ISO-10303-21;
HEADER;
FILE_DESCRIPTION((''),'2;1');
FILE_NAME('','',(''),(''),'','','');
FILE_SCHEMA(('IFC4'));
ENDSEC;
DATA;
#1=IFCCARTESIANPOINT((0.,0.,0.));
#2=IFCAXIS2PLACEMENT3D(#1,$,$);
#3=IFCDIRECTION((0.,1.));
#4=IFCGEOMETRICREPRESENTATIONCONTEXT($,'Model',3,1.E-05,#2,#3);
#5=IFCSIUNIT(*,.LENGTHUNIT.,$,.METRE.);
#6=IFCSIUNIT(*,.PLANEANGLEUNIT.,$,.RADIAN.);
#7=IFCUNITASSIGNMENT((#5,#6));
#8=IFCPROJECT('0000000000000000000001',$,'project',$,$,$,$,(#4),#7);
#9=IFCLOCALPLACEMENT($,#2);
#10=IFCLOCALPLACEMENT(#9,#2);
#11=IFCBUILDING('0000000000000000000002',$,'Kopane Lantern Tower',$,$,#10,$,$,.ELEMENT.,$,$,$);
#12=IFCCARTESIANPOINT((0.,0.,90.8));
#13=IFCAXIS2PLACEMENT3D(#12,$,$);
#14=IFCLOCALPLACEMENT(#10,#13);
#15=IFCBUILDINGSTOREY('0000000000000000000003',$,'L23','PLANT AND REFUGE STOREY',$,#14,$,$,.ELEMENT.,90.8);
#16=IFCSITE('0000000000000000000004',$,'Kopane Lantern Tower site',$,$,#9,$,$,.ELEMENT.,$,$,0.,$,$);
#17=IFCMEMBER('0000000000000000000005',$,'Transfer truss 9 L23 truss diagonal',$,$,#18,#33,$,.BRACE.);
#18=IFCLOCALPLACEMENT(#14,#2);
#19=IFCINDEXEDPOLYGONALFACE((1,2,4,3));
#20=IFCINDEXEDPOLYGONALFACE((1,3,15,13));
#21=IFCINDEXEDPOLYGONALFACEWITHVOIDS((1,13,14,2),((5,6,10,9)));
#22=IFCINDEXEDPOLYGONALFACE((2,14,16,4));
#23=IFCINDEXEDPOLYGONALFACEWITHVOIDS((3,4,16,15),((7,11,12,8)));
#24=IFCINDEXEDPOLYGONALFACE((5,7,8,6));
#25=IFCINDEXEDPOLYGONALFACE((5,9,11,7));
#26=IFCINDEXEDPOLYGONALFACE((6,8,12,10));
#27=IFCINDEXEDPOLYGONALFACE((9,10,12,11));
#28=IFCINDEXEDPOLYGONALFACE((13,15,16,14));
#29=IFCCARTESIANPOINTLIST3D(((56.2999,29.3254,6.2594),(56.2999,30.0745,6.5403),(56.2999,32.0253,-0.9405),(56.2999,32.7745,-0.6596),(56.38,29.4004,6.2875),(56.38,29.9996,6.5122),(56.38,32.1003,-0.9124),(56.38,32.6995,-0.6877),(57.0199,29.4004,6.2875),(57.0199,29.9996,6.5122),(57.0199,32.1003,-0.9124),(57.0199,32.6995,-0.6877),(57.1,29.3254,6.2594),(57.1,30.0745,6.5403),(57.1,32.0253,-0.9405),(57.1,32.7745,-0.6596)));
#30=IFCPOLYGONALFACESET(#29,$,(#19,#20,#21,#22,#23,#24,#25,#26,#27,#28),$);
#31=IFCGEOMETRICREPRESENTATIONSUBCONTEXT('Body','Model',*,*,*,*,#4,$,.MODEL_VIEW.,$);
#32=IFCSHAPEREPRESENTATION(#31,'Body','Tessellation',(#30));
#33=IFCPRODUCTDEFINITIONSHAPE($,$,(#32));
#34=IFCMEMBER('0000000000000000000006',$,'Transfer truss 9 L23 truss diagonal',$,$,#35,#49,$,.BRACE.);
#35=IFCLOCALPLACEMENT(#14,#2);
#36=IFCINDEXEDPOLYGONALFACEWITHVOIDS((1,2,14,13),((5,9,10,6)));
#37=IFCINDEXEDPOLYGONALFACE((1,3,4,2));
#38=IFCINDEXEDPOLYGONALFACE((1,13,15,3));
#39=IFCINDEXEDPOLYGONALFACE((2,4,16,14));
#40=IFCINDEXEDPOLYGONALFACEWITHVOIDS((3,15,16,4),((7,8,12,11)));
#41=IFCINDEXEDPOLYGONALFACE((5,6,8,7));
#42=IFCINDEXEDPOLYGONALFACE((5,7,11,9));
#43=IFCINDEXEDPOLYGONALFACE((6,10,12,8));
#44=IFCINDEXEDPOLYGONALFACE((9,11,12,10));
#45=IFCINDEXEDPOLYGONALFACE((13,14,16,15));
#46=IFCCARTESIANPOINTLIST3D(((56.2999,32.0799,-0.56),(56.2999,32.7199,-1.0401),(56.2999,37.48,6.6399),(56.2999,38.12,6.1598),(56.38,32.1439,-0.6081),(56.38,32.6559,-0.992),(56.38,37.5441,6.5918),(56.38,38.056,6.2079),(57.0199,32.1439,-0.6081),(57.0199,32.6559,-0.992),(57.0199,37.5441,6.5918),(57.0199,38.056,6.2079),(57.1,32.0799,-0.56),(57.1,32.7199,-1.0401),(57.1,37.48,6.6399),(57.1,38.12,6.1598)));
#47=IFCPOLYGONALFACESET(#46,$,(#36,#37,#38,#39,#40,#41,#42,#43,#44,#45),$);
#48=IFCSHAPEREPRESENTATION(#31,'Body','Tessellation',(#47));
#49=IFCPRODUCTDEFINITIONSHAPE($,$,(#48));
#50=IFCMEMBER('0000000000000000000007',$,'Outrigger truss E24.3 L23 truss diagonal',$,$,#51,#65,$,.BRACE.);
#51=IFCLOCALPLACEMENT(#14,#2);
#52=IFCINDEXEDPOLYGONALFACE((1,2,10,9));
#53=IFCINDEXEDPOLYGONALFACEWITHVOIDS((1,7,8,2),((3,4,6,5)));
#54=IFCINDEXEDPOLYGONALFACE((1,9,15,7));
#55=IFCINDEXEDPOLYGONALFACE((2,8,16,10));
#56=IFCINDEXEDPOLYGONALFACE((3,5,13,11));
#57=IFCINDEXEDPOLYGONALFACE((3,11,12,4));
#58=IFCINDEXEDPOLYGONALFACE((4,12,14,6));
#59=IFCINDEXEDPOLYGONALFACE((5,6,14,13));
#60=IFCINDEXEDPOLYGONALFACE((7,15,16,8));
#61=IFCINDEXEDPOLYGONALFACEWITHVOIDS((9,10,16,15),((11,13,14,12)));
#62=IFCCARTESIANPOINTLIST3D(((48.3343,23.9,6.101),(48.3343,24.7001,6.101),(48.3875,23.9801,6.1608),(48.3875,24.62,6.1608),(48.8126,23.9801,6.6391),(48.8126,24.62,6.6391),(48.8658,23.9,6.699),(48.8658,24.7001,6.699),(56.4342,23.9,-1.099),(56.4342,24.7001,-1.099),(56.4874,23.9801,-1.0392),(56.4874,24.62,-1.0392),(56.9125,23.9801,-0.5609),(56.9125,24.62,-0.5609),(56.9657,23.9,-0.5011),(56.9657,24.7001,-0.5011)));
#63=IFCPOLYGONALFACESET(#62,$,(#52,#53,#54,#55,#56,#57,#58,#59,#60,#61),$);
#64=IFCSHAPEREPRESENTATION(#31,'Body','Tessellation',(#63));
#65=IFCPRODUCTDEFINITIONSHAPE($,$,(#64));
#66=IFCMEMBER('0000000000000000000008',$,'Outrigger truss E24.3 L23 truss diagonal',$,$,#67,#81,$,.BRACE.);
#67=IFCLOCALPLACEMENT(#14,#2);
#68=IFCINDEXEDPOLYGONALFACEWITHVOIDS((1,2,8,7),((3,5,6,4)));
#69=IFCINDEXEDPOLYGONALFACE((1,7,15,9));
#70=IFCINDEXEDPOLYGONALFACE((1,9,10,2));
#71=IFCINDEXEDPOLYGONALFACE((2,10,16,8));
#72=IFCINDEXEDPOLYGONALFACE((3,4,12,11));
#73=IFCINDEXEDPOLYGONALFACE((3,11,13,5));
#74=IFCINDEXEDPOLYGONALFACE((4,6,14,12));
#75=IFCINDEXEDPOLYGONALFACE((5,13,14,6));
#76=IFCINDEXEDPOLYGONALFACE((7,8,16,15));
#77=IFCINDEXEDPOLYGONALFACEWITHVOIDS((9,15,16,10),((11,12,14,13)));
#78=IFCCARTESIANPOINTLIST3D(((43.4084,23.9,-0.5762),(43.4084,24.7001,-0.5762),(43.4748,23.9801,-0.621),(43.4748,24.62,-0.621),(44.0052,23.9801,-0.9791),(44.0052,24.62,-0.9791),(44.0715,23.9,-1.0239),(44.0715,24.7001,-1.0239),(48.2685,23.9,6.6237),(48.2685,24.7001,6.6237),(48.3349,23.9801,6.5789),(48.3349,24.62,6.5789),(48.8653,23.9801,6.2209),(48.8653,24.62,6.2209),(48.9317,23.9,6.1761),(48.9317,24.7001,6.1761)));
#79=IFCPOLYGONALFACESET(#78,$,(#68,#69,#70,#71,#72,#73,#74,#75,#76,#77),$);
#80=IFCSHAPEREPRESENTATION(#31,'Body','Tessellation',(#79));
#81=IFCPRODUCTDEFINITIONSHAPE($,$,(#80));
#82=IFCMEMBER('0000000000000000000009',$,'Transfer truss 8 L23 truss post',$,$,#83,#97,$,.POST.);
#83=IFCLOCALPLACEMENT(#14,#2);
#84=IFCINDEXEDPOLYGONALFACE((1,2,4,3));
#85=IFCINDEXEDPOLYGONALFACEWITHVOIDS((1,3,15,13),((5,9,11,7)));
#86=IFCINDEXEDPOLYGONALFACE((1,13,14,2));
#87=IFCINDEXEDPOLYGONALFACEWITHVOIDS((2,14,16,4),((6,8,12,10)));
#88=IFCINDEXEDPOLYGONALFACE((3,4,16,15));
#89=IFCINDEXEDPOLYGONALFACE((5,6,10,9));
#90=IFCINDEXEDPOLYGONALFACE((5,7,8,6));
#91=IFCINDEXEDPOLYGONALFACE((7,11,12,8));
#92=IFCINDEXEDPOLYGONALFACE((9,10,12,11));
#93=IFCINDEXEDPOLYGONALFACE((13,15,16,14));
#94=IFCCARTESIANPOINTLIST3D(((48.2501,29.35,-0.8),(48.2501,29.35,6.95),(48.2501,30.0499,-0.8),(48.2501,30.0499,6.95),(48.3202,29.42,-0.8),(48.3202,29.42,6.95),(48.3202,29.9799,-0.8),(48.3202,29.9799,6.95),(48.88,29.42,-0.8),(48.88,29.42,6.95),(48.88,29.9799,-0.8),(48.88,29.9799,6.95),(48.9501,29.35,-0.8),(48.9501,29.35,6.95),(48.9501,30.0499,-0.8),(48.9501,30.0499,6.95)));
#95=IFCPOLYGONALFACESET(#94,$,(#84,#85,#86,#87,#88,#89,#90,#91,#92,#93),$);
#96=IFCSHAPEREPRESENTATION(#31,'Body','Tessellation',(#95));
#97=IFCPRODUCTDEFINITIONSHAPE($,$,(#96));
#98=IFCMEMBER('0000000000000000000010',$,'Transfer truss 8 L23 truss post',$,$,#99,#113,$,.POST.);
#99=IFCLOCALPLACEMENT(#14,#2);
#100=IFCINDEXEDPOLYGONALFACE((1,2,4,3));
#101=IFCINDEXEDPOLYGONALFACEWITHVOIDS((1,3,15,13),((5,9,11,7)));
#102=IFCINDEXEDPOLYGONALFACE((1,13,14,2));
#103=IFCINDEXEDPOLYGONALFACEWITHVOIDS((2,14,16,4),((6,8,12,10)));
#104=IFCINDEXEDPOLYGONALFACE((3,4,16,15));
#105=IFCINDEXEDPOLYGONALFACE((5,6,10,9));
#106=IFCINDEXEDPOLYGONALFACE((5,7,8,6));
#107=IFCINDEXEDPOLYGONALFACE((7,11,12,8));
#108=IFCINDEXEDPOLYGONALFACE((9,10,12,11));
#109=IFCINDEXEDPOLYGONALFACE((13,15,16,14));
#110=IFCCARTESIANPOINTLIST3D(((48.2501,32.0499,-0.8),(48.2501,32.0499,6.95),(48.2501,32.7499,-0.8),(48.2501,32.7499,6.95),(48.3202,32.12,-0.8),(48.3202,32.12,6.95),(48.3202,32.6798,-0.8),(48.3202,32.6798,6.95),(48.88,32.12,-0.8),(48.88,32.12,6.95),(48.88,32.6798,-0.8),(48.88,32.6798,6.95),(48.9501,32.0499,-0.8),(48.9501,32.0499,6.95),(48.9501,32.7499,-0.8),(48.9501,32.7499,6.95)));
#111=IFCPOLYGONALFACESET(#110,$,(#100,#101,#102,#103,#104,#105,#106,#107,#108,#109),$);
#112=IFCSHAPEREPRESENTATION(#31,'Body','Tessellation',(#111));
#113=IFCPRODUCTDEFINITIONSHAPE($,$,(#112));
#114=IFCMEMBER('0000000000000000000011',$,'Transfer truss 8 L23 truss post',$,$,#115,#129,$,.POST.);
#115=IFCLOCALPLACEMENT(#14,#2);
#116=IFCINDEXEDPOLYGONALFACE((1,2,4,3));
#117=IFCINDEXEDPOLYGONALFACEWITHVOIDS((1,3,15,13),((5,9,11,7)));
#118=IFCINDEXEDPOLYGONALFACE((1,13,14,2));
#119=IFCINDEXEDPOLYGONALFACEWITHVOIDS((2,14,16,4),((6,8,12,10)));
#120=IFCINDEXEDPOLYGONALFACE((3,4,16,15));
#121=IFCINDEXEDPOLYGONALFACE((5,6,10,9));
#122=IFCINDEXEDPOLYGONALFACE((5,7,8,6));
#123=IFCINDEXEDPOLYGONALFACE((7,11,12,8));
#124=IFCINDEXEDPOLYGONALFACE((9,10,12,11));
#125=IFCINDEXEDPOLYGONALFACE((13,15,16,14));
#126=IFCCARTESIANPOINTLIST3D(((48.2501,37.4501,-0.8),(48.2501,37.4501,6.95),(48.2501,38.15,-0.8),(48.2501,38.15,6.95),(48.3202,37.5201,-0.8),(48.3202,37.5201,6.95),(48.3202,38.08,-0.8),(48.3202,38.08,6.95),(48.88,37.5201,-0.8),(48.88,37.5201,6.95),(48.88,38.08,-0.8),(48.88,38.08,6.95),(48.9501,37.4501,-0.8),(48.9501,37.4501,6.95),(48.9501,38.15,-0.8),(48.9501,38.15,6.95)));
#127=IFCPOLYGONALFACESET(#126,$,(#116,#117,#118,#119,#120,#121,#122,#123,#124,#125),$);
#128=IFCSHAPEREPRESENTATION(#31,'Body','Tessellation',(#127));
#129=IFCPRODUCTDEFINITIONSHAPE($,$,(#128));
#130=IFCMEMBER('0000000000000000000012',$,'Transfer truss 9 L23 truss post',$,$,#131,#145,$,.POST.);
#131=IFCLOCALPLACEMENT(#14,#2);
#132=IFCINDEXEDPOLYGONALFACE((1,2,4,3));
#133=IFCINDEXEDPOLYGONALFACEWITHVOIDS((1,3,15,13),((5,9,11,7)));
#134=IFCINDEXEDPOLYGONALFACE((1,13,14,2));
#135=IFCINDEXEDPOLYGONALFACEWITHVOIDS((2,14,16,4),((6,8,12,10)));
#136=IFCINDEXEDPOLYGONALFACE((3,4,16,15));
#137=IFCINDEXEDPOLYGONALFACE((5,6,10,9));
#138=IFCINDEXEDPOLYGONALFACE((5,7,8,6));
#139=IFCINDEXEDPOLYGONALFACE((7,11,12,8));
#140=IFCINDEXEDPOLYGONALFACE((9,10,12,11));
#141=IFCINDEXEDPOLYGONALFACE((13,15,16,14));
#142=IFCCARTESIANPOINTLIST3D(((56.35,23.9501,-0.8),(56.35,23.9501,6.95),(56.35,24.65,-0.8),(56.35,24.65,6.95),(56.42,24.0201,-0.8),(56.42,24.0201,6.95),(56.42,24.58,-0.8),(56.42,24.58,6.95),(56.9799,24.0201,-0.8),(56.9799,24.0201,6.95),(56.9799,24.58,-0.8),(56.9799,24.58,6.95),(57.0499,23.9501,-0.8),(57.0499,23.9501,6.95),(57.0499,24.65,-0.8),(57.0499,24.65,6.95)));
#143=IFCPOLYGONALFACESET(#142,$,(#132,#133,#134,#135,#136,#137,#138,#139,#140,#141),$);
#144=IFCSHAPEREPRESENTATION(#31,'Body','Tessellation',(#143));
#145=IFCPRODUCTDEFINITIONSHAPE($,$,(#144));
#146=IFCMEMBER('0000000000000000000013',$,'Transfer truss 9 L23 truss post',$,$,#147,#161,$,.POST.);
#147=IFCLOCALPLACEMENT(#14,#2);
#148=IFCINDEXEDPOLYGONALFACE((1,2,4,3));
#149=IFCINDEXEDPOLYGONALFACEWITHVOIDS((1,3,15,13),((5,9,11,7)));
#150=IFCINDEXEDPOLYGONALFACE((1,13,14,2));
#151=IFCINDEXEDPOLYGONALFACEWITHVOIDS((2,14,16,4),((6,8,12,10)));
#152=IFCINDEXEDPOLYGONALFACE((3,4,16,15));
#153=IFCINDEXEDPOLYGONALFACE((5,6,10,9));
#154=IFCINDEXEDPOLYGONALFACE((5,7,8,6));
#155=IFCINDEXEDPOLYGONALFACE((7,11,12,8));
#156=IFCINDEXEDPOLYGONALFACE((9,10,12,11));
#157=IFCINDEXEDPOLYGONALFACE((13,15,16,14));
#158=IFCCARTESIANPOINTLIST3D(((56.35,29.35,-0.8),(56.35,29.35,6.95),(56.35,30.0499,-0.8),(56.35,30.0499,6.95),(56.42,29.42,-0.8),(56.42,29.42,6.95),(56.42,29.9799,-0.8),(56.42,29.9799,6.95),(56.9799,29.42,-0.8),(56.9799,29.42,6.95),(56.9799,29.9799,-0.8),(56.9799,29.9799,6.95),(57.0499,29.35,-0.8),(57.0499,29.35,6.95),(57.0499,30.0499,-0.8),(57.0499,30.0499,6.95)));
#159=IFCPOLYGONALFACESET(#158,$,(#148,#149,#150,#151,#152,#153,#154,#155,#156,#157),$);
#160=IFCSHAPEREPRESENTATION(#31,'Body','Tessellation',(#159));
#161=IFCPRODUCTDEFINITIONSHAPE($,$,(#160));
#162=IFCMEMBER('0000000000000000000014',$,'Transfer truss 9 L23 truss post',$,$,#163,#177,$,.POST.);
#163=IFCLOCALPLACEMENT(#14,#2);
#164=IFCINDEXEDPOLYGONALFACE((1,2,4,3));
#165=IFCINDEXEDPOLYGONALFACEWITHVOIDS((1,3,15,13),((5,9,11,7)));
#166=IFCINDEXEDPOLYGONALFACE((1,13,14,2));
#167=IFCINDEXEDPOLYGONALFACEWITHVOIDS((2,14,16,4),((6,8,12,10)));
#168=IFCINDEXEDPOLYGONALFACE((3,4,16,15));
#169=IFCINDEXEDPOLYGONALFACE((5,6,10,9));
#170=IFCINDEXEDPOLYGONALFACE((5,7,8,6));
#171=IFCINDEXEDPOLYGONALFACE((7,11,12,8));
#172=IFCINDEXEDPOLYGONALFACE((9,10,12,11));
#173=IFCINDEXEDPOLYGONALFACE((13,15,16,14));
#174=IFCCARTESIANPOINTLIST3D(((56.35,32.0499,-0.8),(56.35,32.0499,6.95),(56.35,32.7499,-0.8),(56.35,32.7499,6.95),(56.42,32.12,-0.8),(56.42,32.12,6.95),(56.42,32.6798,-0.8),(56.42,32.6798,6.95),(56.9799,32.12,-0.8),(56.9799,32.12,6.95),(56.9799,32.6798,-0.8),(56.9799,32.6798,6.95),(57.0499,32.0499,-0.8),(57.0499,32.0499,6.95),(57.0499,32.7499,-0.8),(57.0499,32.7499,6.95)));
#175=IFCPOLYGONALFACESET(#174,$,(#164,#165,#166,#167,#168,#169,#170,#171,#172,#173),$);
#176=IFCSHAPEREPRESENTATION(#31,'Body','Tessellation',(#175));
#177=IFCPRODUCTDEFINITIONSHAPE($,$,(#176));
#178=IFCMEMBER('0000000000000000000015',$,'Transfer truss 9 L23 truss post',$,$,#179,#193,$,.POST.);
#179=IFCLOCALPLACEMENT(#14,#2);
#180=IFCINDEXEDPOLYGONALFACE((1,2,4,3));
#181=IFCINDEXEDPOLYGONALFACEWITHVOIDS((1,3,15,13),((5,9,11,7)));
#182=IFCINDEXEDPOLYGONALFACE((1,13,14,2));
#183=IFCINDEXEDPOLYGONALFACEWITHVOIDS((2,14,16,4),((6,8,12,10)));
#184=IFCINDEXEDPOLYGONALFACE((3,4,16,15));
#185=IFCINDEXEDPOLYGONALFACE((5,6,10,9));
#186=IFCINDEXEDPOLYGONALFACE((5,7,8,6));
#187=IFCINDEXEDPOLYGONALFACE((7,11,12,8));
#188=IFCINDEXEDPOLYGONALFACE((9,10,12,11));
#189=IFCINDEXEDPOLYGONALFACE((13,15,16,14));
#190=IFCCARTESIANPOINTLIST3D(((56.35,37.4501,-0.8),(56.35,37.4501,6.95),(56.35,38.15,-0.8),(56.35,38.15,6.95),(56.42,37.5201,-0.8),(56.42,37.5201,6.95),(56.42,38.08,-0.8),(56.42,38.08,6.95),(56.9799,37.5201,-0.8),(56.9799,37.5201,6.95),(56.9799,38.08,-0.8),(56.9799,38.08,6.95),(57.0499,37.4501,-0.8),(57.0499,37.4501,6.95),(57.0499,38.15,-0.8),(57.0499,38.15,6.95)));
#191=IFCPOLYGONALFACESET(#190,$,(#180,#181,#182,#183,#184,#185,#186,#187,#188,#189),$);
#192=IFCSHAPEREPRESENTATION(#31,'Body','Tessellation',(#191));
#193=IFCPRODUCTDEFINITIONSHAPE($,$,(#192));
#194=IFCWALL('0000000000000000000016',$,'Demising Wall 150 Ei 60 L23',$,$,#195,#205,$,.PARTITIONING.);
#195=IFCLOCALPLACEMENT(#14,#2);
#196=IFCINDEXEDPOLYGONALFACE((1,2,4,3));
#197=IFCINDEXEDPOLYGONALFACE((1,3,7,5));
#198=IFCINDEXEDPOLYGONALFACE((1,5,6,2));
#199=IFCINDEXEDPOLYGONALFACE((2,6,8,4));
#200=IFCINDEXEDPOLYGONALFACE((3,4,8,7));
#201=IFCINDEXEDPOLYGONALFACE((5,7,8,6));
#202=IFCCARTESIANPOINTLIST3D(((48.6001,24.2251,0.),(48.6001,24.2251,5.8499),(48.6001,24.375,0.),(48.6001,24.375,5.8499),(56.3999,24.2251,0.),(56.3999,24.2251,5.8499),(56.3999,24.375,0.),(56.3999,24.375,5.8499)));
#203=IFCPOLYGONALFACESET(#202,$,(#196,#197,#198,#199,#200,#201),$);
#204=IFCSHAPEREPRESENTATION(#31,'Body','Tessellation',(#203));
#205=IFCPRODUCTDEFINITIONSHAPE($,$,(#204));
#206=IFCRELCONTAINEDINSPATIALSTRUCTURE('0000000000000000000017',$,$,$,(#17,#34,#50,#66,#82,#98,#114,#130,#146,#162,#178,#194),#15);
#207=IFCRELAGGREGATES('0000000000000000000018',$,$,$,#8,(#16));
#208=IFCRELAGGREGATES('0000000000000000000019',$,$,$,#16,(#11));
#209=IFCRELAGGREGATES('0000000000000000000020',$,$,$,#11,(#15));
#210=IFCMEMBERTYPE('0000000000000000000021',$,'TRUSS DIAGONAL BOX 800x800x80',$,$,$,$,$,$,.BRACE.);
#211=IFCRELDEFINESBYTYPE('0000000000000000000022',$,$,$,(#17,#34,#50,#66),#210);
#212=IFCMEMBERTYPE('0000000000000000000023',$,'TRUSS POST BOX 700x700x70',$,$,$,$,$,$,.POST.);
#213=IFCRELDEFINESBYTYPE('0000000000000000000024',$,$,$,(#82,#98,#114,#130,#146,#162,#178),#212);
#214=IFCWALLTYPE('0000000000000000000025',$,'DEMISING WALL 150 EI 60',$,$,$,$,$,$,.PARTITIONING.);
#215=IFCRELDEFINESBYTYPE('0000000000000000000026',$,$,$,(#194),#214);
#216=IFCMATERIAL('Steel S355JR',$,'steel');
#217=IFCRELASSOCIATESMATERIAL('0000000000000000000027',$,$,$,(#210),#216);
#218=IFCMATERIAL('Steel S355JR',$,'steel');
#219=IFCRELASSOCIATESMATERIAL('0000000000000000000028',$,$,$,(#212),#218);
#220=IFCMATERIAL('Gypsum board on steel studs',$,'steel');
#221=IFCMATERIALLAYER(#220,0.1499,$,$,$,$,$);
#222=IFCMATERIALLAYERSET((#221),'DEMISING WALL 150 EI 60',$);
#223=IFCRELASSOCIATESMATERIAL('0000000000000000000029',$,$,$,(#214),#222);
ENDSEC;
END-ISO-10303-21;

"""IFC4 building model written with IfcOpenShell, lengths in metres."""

from ifc_helpers import new_model, si_unit, direction, frame, frame_2d, origin, origin_2d, place, context, subcontext, project, spatial, rectangle, hollow_rectangle, extrude, material, layer, layer_set, material_profile, profile_set, type_object, element, save


model = new_model("IFC4")

# Units and contexts
model_context = context("Model", 3, precision=1e-05, world=origin(), true_north=direction((0.0, 1.0)))
body_context = subcontext(model_context, "Body", "Model", "MODEL_VIEW")
ifc_project = project(units=[si_unit("LENGTHUNIT", "METRE"), si_unit("PLANEANGLEUNIT", "RADIAN")], contexts=[model_context])

# Site, building, storey
site_placement = place(None, origin())
site = spatial("IfcSite", under=ifc_project, at=site_placement, Name="Kopane Lantern Tower site", CompositionType="ELEMENT", RefElevation=0.0)
building_placement = place(site_placement, origin())
building = spatial("IfcBuilding", under=site, at=building_placement, Name="Kopane Lantern Tower", CompositionType="ELEMENT")
storey_placement = place(building_placement, frame((0.0, 0.0, 90.8)))
storey = spatial("IfcBuildingStorey", under=building, at=storey_placement, Name="L23", Description="PLANT AND REFUGE STOREY", CompositionType="ELEMENT", Elevation=90.8)

# Members
ifc_material_1 = material(Name="Steel S355JR", Category="steel")
ifc_material_profile_1 = material_profile(ifc_material_1, hollow_rectangle(XDim=0.8, YDim=0.8, WallThickness=0.0801, at=origin_2d()), Name="BOX 800x800x80")
ifc_profile_set_1 = profile_set([ifc_material_profile_1], Name="Steel S355JR")
member_type_1 = type_object("IfcMemberType", Name="TRUSS DIAGONAL BOX 800x800x80", PredefinedType="BRACE", material=ifc_profile_set_1)
member_1_placement = place(storey_placement, frame((56.7, 32.3999, -0.8), z_axis=(0.0, -0.35112, 0.93633), x_axis=(1.0, 0.0, 0.0)))
element("IfcMember", 1, at=member_1_placement, inside=storey, type_object=member_type_1, Name="Transfer truss 9 L23 truss diagonal", PredefinedType="BRACE", context=body_context, shape_type="SweptSolid", body=[
    extrude(hollow_rectangle(XDim=0.8, YDim=0.8, WallThickness=0.0801, at=origin_2d()), origin(), (0.0, 0.0, 1.0), 7.6895),
])
member_2_placement = place(storey_placement, frame((56.7, 32.3999, -0.8), z_axis=(0.0, 0.600013, 0.79999), x_axis=(-1.0, 0.0, 0.0)))
element("IfcMember", 2, at=member_2_placement, inside=storey, type_object=member_type_1, Name="Transfer truss 9 L23 truss diagonal", PredefinedType="BRACE", context=body_context, shape_type="SweptSolid", body=[
    extrude(hollow_rectangle(XDim=0.8, YDim=0.8, WallThickness=0.0801, at=origin_2d()), origin(), (0.0, 0.0, 1.0), 9.0),
])
member_3_placement = place(storey_placement, frame((56.7, 24.3, -0.8), z_axis=(-0.747406, 0.0, 0.664368), x_axis=(0.0, -1.0, 0.0)))
element("IfcMember", 3, at=member_3_placement, inside=storey, type_object=member_type_1, Name="Outrigger truss E24.3 L23 truss diagonal", PredefinedType="BRACE", context=body_context, shape_type="SweptSolid", body=[
    extrude(hollow_rectangle(XDim=0.8, YDim=0.8, WallThickness=0.0801, at=origin_2d()), origin(), (0.0, 0.0, 1.0), 10.8374),
])
member_4_placement = place(storey_placement, frame((48.6001, 24.3, 6.3999), z_axis=(-0.559484, 0.0, -0.828841), x_axis=(0.0, -1.0, 0.0)))
element("IfcMember", 4, at=member_4_placement, inside=storey, type_object=member_type_1, Name="Outrigger truss E24.3 L23 truss diagonal", PredefinedType="BRACE", context=body_context, shape_type="SweptSolid", body=[
    extrude(hollow_rectangle(XDim=0.8, YDim=0.8, WallThickness=0.0801, at=origin_2d()), origin(), (0.0, 0.0, 1.0), 8.6868),
])
ifc_material_2 = material(Name="Steel S355JR", Category="steel")
ifc_material_profile_2 = material_profile(ifc_material_2, hollow_rectangle(XDim=0.7, YDim=0.7, WallThickness=0.0701, at=origin_2d()), Name="BOX 700x700x70")
ifc_profile_set_2 = profile_set([ifc_material_profile_2], Name="Steel S355JR")
member_type_2 = type_object("IfcMemberType", Name="TRUSS POST BOX 700x700x70", PredefinedType="POST", material=ifc_profile_set_2)
for number, where, z_axis, x_axis, name in (
    (5, (48.6001, 29.7, -0.8), (0.0, 0.0, 1.0), (1.0, 0.0, 0.0), "Transfer truss 8 L23 truss post"),
    (6, (48.6001, 32.3999, -0.8), (0.0, 0.0, 1.0), (1.0, 0.0, 0.0), "Transfer truss 8 L23 truss post"),
    (7, (48.6001, 37.8, -0.8), (0.0, 0.0, 1.0), (1.0, 0.0, 0.0), "Transfer truss 8 L23 truss post"),
    (8, (56.7, 24.3, -0.8), (0.0, 0.0, 1.0), (1.0, 0.0, 0.0), "Transfer truss 9 L23 truss post"),
    (9, (56.7, 29.7, -0.8), (0.0, 0.0, 1.0), (1.0, 0.0, 0.0), "Transfer truss 9 L23 truss post"),
    (10, (56.7, 32.3999, -0.8), (0.0, 0.0, 1.0), (1.0, 0.0, 0.0), "Transfer truss 9 L23 truss post"),
    (11, (56.7, 37.8, -0.8), (0.0, 0.0, 1.0), (1.0, 0.0, 0.0), "Transfer truss 9 L23 truss post"),
):
    element("IfcMember", number, at=place(storey_placement, frame(where, z_axis=z_axis, x_axis=x_axis)), inside=storey, type_object=member_type_2, Name=name, PredefinedType="POST", context=body_context, shape_type="SweptSolid", body=[
        extrude(hollow_rectangle(XDim=0.7, YDim=0.7, WallThickness=0.0701, at=origin_2d()), origin(), (0.0, 0.0, 1.0), 7.75),
    ])

# Wall
ifc_material_3 = material(Name="Gypsum board on steel studs", Category="steel")
ifc_layer_1 = layer(ifc_material_3, 0.1499)
ifc_layer_set_1 = layer_set([ifc_layer_1], Name="DEMISING WALL 150 EI 60")
wall_type_1 = type_object("IfcWallType", Name="DEMISING WALL 150 EI 60", PredefinedType="PARTITIONING", material=ifc_layer_set_1)
wall_1_placement = place(storey_placement, frame((48.6001, 24.3, 0.0), z_axis=(0.0, 0.0, 1.0), x_axis=(1.0, 0.0, 0.0)))
element("IfcWall", 12, at=wall_1_placement, inside=storey, type_object=wall_type_1, Name="Demising Wall 150 Ei 60 L23", PredefinedType="PARTITIONING", context=body_context, shape_type="SweptSolid", body=[
    extrude(rectangle(XDim=7.7998, YDim=0.1499, at=frame_2d((3.8999, 0.0))), origin(), (0.0, 0.0, 1.0), 5.8499),
])

save(model, "model.ifc")
